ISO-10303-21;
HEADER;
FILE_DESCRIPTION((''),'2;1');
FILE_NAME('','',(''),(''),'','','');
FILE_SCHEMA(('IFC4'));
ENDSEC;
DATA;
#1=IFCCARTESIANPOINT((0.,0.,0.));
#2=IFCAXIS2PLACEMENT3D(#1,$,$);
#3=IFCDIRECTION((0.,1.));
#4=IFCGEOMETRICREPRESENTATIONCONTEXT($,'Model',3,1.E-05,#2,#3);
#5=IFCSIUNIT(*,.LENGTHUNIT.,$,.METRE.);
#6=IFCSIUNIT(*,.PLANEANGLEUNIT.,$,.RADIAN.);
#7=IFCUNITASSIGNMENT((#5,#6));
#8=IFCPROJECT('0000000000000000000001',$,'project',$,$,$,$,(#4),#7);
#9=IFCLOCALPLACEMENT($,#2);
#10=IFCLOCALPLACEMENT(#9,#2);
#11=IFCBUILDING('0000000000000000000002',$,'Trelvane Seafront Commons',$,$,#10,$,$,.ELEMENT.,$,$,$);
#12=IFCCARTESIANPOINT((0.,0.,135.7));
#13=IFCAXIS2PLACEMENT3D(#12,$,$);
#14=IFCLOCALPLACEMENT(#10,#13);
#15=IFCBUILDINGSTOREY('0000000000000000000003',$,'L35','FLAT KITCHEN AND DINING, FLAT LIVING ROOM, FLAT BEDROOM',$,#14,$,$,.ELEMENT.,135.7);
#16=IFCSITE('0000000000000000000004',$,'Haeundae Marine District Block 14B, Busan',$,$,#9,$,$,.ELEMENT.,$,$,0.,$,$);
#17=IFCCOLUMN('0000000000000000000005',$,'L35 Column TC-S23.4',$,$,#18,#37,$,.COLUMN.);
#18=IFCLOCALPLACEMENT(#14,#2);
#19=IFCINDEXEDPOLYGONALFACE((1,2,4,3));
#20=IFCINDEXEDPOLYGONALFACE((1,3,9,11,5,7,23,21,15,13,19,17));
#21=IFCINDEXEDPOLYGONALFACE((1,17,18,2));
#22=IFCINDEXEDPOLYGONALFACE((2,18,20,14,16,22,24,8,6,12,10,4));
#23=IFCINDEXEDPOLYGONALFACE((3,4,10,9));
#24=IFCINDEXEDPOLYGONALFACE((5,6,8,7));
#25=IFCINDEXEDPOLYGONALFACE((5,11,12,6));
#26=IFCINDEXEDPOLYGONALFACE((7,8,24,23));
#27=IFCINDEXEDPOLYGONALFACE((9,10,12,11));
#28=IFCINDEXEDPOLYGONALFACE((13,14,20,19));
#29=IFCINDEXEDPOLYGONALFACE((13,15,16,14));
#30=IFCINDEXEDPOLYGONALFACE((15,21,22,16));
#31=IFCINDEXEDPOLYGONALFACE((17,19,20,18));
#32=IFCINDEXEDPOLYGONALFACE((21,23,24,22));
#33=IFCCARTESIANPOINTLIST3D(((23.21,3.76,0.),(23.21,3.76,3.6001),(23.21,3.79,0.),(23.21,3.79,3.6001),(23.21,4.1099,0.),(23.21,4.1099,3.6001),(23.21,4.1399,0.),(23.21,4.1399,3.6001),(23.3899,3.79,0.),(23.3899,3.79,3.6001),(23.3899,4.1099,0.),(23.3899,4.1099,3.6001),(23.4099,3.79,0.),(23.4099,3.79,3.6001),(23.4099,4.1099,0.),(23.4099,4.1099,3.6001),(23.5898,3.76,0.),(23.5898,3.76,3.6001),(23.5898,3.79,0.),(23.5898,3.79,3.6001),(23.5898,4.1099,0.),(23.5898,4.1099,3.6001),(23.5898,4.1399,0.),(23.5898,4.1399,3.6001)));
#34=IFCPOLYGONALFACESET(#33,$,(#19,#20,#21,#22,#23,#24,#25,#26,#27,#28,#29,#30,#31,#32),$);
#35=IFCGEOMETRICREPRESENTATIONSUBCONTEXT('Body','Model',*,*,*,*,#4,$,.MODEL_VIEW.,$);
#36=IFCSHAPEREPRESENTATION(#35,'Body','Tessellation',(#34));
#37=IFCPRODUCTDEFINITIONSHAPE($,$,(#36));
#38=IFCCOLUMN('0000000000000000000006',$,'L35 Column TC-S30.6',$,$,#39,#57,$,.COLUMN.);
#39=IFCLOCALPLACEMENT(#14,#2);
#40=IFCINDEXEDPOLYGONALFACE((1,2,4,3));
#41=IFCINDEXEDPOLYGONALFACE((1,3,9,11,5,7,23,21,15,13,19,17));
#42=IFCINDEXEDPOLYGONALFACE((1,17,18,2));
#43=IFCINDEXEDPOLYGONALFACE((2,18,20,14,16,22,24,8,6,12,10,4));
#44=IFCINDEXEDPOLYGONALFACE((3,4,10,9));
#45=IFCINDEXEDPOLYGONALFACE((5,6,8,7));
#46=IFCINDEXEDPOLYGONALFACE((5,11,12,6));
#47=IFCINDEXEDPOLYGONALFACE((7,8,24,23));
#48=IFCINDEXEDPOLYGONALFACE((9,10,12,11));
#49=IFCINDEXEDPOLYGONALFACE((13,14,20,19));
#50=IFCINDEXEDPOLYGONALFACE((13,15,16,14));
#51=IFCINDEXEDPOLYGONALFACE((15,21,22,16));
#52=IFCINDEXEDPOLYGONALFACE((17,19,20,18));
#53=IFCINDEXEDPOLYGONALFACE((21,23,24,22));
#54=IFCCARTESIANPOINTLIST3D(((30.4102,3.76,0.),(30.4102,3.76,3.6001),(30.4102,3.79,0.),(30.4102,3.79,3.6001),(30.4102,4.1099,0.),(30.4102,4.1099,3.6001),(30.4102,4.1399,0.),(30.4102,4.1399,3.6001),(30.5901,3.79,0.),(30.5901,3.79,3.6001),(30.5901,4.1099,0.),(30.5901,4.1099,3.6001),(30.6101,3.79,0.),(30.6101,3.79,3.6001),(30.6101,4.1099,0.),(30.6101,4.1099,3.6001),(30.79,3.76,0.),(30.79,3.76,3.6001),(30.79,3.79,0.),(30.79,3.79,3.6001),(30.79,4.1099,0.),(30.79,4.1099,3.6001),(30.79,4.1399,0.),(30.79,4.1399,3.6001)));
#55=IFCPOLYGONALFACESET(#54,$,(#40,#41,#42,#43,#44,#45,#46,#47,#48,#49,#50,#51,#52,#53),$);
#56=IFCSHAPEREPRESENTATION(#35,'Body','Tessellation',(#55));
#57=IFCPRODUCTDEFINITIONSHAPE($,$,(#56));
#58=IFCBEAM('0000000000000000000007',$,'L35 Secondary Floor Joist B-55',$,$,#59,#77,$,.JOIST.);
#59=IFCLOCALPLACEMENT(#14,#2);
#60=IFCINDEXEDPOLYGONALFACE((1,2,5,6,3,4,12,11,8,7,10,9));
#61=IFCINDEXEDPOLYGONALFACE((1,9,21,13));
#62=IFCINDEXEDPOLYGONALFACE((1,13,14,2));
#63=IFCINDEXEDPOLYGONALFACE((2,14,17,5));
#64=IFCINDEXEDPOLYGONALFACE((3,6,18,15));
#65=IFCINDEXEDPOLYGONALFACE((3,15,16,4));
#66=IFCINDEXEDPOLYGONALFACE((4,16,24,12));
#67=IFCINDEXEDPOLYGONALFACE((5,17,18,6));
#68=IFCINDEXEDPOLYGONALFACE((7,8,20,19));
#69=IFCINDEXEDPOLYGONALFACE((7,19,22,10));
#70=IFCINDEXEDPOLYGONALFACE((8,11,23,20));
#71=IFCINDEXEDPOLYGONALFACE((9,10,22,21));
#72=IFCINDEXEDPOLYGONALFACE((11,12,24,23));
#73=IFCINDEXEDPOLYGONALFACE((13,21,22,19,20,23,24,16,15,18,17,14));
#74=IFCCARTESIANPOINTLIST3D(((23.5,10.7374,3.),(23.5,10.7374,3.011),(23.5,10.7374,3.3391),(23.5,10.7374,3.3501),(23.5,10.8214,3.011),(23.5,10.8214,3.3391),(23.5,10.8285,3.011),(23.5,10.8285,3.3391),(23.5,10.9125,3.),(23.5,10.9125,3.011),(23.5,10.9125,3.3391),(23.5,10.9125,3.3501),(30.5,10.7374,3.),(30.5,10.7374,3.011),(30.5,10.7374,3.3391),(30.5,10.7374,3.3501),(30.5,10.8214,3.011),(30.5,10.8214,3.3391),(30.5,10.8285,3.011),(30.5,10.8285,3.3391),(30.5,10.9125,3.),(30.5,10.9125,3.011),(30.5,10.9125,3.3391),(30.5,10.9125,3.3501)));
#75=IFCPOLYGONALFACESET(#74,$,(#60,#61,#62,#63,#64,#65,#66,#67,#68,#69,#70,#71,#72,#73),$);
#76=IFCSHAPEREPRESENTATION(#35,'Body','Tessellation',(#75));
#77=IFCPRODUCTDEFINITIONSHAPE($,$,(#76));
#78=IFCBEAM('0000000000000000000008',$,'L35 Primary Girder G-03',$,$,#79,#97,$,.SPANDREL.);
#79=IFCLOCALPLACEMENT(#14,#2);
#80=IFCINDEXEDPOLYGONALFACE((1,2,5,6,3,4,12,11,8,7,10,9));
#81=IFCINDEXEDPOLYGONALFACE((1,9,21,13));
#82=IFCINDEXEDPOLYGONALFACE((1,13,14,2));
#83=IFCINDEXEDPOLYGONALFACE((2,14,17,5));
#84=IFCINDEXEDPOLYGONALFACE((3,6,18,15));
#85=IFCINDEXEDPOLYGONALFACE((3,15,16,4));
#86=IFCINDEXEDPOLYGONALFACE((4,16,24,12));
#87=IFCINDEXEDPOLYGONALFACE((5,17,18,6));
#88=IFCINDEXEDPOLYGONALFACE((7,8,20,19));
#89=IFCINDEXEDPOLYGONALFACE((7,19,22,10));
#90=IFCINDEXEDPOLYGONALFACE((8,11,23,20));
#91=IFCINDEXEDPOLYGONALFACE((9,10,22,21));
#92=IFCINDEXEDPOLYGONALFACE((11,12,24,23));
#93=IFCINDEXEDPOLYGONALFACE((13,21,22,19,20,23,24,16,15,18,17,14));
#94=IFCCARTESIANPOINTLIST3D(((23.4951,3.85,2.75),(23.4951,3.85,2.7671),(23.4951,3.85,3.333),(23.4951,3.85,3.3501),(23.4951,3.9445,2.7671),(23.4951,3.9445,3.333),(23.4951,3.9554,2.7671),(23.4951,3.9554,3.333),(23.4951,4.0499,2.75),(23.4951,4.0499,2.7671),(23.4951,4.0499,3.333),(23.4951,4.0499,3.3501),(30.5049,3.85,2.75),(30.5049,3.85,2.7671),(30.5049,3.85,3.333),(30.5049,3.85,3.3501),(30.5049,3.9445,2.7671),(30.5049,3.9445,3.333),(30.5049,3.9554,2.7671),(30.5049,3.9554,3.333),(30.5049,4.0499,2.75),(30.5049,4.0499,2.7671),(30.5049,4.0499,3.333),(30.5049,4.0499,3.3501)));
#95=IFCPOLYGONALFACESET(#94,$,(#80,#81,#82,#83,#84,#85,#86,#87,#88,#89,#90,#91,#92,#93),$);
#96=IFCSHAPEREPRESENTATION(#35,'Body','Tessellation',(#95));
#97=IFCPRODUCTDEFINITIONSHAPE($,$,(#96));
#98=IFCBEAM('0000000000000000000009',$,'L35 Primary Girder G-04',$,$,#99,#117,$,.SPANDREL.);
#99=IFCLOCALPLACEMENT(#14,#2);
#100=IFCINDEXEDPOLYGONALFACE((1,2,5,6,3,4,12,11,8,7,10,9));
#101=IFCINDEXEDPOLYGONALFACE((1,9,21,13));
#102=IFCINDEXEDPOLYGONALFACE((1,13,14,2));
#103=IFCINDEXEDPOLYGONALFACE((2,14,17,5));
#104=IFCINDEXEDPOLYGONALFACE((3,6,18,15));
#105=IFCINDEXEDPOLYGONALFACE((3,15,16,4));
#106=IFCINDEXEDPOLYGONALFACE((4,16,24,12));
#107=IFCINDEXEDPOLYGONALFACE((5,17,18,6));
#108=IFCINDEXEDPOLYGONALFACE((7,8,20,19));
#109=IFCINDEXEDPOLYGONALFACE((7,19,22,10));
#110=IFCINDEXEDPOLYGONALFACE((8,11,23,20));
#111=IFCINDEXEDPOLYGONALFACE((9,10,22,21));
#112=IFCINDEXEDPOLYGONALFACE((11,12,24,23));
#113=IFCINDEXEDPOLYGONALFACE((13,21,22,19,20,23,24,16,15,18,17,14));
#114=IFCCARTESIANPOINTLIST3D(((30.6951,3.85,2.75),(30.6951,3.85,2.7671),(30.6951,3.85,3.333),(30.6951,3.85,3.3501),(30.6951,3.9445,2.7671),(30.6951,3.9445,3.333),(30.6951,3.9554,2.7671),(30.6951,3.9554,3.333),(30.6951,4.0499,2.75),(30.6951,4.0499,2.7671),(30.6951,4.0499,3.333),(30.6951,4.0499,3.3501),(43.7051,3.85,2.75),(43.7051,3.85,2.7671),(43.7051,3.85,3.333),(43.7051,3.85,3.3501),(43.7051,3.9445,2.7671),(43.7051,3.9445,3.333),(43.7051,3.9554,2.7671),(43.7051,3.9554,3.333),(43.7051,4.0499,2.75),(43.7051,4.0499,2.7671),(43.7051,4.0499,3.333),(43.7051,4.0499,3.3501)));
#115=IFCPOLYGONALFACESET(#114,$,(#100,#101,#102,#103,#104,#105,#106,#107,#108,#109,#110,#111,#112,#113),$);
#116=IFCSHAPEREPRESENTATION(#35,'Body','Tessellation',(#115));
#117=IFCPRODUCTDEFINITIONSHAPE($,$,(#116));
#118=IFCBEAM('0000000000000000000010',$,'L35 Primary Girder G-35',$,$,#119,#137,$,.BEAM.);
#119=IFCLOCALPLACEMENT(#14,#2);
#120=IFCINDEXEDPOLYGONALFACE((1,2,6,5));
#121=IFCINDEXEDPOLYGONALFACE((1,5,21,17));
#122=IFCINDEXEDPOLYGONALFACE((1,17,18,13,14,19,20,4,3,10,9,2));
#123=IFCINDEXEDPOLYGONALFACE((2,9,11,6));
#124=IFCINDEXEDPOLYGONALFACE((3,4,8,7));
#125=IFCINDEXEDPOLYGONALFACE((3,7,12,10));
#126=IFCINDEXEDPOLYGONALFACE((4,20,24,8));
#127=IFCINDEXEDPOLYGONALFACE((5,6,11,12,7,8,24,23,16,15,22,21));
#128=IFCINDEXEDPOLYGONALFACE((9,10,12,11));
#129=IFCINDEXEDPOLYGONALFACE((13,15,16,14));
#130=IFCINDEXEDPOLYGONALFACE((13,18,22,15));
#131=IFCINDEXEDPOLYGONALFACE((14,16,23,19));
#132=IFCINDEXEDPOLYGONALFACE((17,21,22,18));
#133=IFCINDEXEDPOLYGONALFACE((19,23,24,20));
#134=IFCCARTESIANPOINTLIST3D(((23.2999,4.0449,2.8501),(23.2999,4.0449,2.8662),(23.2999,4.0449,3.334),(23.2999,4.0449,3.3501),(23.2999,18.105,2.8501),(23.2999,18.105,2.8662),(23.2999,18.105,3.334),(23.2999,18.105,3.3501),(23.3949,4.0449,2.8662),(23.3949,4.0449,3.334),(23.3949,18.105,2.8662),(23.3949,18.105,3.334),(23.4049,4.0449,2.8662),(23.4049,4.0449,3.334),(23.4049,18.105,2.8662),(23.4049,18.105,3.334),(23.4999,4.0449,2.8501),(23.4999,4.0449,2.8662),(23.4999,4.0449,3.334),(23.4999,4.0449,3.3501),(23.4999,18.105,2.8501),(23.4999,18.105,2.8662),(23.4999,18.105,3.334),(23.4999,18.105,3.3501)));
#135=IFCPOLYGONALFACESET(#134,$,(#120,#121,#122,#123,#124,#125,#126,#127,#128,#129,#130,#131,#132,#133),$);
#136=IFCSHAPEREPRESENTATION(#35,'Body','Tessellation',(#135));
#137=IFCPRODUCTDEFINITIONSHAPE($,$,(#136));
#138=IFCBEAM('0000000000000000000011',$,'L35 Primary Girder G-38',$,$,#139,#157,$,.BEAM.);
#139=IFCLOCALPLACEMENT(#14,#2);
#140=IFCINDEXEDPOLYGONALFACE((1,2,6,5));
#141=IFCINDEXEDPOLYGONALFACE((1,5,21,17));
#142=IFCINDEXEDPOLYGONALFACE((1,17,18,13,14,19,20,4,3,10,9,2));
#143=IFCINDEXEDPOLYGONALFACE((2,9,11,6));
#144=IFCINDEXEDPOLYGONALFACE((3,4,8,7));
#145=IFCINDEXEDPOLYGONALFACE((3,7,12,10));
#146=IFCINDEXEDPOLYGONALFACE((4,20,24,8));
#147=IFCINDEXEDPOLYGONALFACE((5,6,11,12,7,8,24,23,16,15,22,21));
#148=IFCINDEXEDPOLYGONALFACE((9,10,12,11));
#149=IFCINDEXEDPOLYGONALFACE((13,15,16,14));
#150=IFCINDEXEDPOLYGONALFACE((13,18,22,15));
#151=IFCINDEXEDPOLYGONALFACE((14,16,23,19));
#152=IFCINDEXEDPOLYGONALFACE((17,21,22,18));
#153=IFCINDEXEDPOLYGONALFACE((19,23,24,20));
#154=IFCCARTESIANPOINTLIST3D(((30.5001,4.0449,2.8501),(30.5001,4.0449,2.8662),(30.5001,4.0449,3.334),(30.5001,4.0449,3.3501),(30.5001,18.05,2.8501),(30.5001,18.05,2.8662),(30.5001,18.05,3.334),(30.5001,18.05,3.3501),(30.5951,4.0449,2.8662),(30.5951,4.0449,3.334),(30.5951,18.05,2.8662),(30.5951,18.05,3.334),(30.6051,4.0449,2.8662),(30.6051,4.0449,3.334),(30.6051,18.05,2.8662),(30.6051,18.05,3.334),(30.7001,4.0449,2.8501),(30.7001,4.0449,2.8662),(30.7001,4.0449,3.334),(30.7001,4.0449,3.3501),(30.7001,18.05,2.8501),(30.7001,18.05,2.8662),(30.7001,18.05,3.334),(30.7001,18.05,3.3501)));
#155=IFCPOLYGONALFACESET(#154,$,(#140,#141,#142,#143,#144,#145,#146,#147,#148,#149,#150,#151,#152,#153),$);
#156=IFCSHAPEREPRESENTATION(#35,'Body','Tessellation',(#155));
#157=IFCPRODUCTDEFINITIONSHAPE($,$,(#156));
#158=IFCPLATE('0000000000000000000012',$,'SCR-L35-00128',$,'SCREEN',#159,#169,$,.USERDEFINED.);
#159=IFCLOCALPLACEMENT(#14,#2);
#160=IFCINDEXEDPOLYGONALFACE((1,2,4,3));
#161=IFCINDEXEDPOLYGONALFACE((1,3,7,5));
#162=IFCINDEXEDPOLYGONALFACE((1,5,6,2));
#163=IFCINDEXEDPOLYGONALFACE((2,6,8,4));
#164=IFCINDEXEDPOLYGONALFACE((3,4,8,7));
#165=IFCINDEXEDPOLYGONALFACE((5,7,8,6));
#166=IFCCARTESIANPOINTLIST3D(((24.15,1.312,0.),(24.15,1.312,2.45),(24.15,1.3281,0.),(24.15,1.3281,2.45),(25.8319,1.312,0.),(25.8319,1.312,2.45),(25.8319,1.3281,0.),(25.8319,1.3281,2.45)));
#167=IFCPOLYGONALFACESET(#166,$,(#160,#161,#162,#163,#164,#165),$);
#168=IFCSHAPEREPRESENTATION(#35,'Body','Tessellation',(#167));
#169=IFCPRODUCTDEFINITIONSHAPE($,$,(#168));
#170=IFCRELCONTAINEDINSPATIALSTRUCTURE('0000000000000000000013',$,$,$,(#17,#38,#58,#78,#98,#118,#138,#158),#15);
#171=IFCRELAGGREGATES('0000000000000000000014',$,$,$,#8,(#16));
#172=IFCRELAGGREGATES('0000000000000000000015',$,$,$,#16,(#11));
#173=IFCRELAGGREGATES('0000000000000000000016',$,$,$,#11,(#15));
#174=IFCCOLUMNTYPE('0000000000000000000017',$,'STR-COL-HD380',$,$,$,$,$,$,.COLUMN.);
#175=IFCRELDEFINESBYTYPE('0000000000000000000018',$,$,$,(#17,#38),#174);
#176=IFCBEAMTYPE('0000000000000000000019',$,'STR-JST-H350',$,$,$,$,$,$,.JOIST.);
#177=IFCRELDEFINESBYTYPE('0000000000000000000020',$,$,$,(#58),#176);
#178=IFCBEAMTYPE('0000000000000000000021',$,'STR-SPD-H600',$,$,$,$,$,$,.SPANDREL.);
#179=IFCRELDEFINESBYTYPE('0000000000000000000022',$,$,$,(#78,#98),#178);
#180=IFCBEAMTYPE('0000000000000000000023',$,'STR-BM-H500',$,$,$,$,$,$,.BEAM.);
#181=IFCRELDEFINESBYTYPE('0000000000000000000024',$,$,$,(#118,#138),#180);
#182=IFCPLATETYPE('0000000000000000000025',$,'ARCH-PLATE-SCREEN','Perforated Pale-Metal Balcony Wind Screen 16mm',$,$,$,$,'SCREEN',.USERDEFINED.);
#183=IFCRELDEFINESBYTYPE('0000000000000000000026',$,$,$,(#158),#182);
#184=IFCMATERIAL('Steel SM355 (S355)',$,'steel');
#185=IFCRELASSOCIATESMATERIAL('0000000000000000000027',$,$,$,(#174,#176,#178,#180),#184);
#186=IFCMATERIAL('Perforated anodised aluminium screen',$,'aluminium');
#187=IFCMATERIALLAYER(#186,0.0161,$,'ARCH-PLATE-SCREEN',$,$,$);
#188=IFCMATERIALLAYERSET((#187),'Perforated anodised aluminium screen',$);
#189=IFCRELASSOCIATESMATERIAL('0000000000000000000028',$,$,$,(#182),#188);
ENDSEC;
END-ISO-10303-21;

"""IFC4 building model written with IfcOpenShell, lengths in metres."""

from ifc_helpers import new_model, si_unit, direction, frame, origin, origin_2d, place, context, subcontext, project, spatial, rectangle, i_section, extrude, source, transform, mapped, material, layer, layer_set, material_profile, profile_set, type_object, element, save


model = new_model("IFC4")

# Units and contexts
model_context = context("Model", 3, precision=1e-05, world=origin(), true_north=direction((0.0, 1.0)))
body_context = subcontext(model_context, "Body", "Model", "MODEL_VIEW")
ifc_project = project(units=[si_unit("LENGTHUNIT", "METRE"), si_unit("PLANEANGLEUNIT", "RADIAN")], contexts=[model_context])

# Site, building, storey
site_placement = place(None, origin())
site = spatial("IfcSite", under=ifc_project, at=site_placement, Name="Haeundae Marine District Block 14B, Busan", CompositionType="ELEMENT", RefElevation=0.0)
building_placement = place(site_placement, origin())
building = spatial("IfcBuilding", under=site, at=building_placement, Name="Trelvane Seafront Commons", CompositionType="ELEMENT")
storey_placement = place(building_placement, frame((0.0, 0.0, 135.7)))
storey = spatial("IfcBuildingStorey", under=building, at=storey_placement, Name="L35", Description="FLAT KITCHEN AND DINING, FLAT LIVING ROOM, FLAT BEDROOM", CompositionType="ELEMENT", Elevation=135.7)

# Columns
ifc_material_1 = material(Name="Steel SM355 (S355)", Category="steel")
ifc_material_profile_1 = material_profile(ifc_material_1, i_section(OverallWidth=0.3799, OverallDepth=0.3799, WebThickness=0.02, FlangeThickness=0.03, at=origin_2d()), Name="HD-380x380x20x30")
ifc_profile_set_1 = profile_set([ifc_material_profile_1], Name="Steel SM355 (S355)")
column_type = type_object("IfcColumnType", Name="STR-COL-HD380", PredefinedType="COLUMN", material=ifc_profile_set_1)
shared_shape_1 = source(origin(), body_context, "Body", "SweptSolid", [
    extrude(i_section(OverallWidth=0.3799, OverallDepth=0.3799, WebThickness=0.02, FlangeThickness=0.03, at=origin_2d()), origin(), (0.0, 0.0, 1.0), 3.6001),
])
for number, where, z_axis, x_axis, name in (
    (1, (23.3999, 3.95, 0.0), (0.0, 0.0, 1.0), (1.0, 0.0, 0.0), "L35 Column TC-S23.4"),
    (2, (30.6001, 3.95, 0.0), (0.0, 0.0, 1.0), (1.0, 0.0, 0.0), "L35 Column TC-S30.6"),
):
    element("IfcColumn", number, at=place(storey_placement, frame(where, z_axis=z_axis, x_axis=x_axis)), inside=storey, type_object=column_type, Name=name, PredefinedType="COLUMN", context=body_context, shape_type="MappedRepresentation", body=[
        mapped(shared_shape_1, transform((0.0, 0.0, 0.0), x_axis=(1.0, 0.0, 0.0), y_axis=(0.0, 1.0, 0.0), z_axis=(0.0, 0.0, 1.0), scale=1.0)),
    ])

# Beams
ifc_material_profile_2 = material_profile(ifc_material_1, i_section(OverallWidth=0.175, OverallDepth=0.3501, WebThickness=0.0071, FlangeThickness=0.011, at=origin_2d()), Name="H-350x175x7x11")
ifc_profile_set_2 = profile_set([ifc_material_profile_2], Name="Steel SM355 (S355)")
beam_type_1 = type_object("IfcBeamType", Name="STR-JST-H350", PredefinedType="JOIST", material=ifc_profile_set_2)
shared_shape_2 = source(origin(), body_context, "Body", "SweptSolid", [
    extrude(i_section(OverallWidth=0.175, OverallDepth=0.3501, WebThickness=0.0071, FlangeThickness=0.011, at=origin_2d()), origin(), (0.0, 0.0, 1.0), 7.0),
])
beam_1_placement = place(storey_placement, frame((23.5, 10.825, 3.175), z_axis=(1.0, 0.0, 0.0), x_axis=(0.0, 1.0, 0.0)))
element("IfcBeam", 3, at=beam_1_placement, inside=storey, type_object=beam_type_1, Name="L35 Secondary Floor Joist B-55", PredefinedType="JOIST", context=body_context, shape_type="MappedRepresentation", body=[
    mapped(shared_shape_2, transform((0.0, 0.0, 0.0), x_axis=(1.0, 0.0, 0.0), y_axis=(0.0, 1.0, 0.0), z_axis=(0.0, 0.0, 1.0), scale=1.0)),
])
ifc_material_profile_3 = material_profile(ifc_material_1, i_section(OverallWidth=0.2, OverallDepth=0.6001, WebThickness=0.011, FlangeThickness=0.0171, at=origin_2d()), Name="H-600x200x11x17")
ifc_profile_set_3 = profile_set([ifc_material_profile_3], Name="Steel SM355 (S355)")
beam_type_2 = type_object("IfcBeamType", Name="STR-SPD-H600", PredefinedType="SPANDREL", material=ifc_profile_set_3)
shared_shape_3 = source(origin(), body_context, "Body", "SweptSolid", [
    extrude(i_section(OverallWidth=0.2, OverallDepth=0.6001, WebThickness=0.011, FlangeThickness=0.0171, at=origin_2d()), origin(), (0.0, 0.0, 1.0), 7.0098),
])
beam_2_placement = place(storey_placement, frame((23.4951, 3.95, 3.05), z_axis=(1.0, 0.0, 0.0), x_axis=(0.0, 1.0, 0.0)))
element("IfcBeam", 4, at=beam_2_placement, inside=storey, type_object=beam_type_2, Name="L35 Primary Girder G-03", PredefinedType="SPANDREL", context=body_context, shape_type="MappedRepresentation", body=[
    mapped(shared_shape_3, transform((0.0, 0.0, 0.0), x_axis=(1.0, 0.0, 0.0), y_axis=(0.0, 1.0, 0.0), z_axis=(0.0, 0.0, 1.0), scale=1.0)),
])
shared_shape_4 = source(origin(), body_context, "Body", "SweptSolid", [
    extrude(i_section(OverallWidth=0.2, OverallDepth=0.6001, WebThickness=0.011, FlangeThickness=0.0171, at=origin_2d()), origin(), (0.0, 0.0, 1.0), 13.01),
])
beam_3_placement = place(storey_placement, frame((30.6951, 3.95, 3.05), z_axis=(1.0, 0.0, 0.0), x_axis=(0.0, 1.0, 0.0)))
element("IfcBeam", 5, at=beam_3_placement, inside=storey, type_object=beam_type_2, Name="L35 Primary Girder G-04", PredefinedType="SPANDREL", context=body_context, shape_type="MappedRepresentation", body=[
    mapped(shared_shape_4, transform((0.0, 0.0, 0.0), x_axis=(1.0, 0.0, 0.0), y_axis=(0.0, 1.0, 0.0), z_axis=(0.0, 0.0, 1.0), scale=1.0)),
])
ifc_material_profile_4 = material_profile(ifc_material_1, i_section(OverallWidth=0.2, OverallDepth=0.5, WebThickness=0.01, FlangeThickness=0.0161, at=origin_2d()), Name="H-500x200x10x16")
ifc_profile_set_4 = profile_set([ifc_material_profile_4], Name="Steel SM355 (S355)")
beam_type_3 = type_object("IfcBeamType", Name="STR-BM-H500", PredefinedType="BEAM", material=ifc_profile_set_4)
shared_shape_5 = source(origin(), body_context, "Body", "SweptSolid", [
    extrude(i_section(OverallWidth=0.2, OverallDepth=0.5, WebThickness=0.01, FlangeThickness=0.0161, at=origin_2d()), origin(), (0.0, 0.0, 1.0), 14.0601),
])
beam_4_placement = place(storey_placement, frame((23.3999, 4.0449, 3.1001), z_axis=(0.0, 1.0, 0.0), x_axis=(-1.0, 0.0, 0.0)))
element("IfcBeam", 6, at=beam_4_placement, inside=storey, type_object=beam_type_3, Name="L35 Primary Girder G-35", PredefinedType="BEAM", context=body_context, shape_type="MappedRepresentation", body=[
    mapped(shared_shape_5, transform((0.0, 0.0, 0.0), x_axis=(1.0, 0.0, 0.0), y_axis=(0.0, 1.0, 0.0), z_axis=(0.0, 0.0, 1.0), scale=1.0)),
])
shared_shape_6 = source(origin(), body_context, "Body", "SweptSolid", [
    extrude(i_section(OverallWidth=0.2, OverallDepth=0.5, WebThickness=0.01, FlangeThickness=0.0161, at=origin_2d()), origin(), (0.0, 0.0, 1.0), 14.0051),
])
beam_5_placement = place(storey_placement, frame((30.6001, 4.0449, 3.1001), z_axis=(0.0, 1.0, 0.0), x_axis=(-1.0, 0.0, 0.0)))
element("IfcBeam", 7, at=beam_5_placement, inside=storey, type_object=beam_type_3, Name="L35 Primary Girder G-38", PredefinedType="BEAM", context=body_context, shape_type="MappedRepresentation", body=[
    mapped(shared_shape_6, transform((0.0, 0.0, 0.0), x_axis=(1.0, 0.0, 0.0), y_axis=(0.0, 1.0, 0.0), z_axis=(0.0, 0.0, 1.0), scale=1.0)),
])

# Plate
ifc_material_2 = material(Name="Perforated anodised aluminium screen", Category="aluminium")
ifc_layer_1 = layer(ifc_material_2, 0.0161, Name="ARCH-PLATE-SCREEN")
ifc_layer_set_1 = layer_set([ifc_layer_1], Name="Perforated anodised aluminium screen")
plate_type_1 = type_object("IfcPlateType", Name="ARCH-PLATE-SCREEN", Description="Perforated Pale-Metal Balcony Wind Screen 16mm", ElementType="SCREEN", PredefinedType="USERDEFINED", material=ifc_layer_set_1)
shared_shape_7 = source(origin(), body_context, "Body", "SweptSolid", [
    extrude(rectangle(XDim=1.6819, YDim=0.0161, at=origin_2d()), origin(), (0.0, 0.0, 1.0), 2.45),
])
plate_placement = place(storey_placement, frame((24.991, 1.3201, 0.0), z_axis=(0.0, 0.0, 1.0), x_axis=(1.0, 0.0, 0.0)))
element("IfcPlate", 8, at=plate_placement, inside=storey, type_object=plate_type_1, Name="SCR-L35-00128", ObjectType="SCREEN", PredefinedType="USERDEFINED", context=body_context, shape_type="MappedRepresentation", body=[
    mapped(shared_shape_7, transform((0.0, 0.0, 0.0), x_axis=(1.0, 0.0, 0.0), y_axis=(0.0, 1.0, 0.0), z_axis=(0.0, 0.0, 1.0), scale=1.0)),
])

save(model, "model.ifc")
